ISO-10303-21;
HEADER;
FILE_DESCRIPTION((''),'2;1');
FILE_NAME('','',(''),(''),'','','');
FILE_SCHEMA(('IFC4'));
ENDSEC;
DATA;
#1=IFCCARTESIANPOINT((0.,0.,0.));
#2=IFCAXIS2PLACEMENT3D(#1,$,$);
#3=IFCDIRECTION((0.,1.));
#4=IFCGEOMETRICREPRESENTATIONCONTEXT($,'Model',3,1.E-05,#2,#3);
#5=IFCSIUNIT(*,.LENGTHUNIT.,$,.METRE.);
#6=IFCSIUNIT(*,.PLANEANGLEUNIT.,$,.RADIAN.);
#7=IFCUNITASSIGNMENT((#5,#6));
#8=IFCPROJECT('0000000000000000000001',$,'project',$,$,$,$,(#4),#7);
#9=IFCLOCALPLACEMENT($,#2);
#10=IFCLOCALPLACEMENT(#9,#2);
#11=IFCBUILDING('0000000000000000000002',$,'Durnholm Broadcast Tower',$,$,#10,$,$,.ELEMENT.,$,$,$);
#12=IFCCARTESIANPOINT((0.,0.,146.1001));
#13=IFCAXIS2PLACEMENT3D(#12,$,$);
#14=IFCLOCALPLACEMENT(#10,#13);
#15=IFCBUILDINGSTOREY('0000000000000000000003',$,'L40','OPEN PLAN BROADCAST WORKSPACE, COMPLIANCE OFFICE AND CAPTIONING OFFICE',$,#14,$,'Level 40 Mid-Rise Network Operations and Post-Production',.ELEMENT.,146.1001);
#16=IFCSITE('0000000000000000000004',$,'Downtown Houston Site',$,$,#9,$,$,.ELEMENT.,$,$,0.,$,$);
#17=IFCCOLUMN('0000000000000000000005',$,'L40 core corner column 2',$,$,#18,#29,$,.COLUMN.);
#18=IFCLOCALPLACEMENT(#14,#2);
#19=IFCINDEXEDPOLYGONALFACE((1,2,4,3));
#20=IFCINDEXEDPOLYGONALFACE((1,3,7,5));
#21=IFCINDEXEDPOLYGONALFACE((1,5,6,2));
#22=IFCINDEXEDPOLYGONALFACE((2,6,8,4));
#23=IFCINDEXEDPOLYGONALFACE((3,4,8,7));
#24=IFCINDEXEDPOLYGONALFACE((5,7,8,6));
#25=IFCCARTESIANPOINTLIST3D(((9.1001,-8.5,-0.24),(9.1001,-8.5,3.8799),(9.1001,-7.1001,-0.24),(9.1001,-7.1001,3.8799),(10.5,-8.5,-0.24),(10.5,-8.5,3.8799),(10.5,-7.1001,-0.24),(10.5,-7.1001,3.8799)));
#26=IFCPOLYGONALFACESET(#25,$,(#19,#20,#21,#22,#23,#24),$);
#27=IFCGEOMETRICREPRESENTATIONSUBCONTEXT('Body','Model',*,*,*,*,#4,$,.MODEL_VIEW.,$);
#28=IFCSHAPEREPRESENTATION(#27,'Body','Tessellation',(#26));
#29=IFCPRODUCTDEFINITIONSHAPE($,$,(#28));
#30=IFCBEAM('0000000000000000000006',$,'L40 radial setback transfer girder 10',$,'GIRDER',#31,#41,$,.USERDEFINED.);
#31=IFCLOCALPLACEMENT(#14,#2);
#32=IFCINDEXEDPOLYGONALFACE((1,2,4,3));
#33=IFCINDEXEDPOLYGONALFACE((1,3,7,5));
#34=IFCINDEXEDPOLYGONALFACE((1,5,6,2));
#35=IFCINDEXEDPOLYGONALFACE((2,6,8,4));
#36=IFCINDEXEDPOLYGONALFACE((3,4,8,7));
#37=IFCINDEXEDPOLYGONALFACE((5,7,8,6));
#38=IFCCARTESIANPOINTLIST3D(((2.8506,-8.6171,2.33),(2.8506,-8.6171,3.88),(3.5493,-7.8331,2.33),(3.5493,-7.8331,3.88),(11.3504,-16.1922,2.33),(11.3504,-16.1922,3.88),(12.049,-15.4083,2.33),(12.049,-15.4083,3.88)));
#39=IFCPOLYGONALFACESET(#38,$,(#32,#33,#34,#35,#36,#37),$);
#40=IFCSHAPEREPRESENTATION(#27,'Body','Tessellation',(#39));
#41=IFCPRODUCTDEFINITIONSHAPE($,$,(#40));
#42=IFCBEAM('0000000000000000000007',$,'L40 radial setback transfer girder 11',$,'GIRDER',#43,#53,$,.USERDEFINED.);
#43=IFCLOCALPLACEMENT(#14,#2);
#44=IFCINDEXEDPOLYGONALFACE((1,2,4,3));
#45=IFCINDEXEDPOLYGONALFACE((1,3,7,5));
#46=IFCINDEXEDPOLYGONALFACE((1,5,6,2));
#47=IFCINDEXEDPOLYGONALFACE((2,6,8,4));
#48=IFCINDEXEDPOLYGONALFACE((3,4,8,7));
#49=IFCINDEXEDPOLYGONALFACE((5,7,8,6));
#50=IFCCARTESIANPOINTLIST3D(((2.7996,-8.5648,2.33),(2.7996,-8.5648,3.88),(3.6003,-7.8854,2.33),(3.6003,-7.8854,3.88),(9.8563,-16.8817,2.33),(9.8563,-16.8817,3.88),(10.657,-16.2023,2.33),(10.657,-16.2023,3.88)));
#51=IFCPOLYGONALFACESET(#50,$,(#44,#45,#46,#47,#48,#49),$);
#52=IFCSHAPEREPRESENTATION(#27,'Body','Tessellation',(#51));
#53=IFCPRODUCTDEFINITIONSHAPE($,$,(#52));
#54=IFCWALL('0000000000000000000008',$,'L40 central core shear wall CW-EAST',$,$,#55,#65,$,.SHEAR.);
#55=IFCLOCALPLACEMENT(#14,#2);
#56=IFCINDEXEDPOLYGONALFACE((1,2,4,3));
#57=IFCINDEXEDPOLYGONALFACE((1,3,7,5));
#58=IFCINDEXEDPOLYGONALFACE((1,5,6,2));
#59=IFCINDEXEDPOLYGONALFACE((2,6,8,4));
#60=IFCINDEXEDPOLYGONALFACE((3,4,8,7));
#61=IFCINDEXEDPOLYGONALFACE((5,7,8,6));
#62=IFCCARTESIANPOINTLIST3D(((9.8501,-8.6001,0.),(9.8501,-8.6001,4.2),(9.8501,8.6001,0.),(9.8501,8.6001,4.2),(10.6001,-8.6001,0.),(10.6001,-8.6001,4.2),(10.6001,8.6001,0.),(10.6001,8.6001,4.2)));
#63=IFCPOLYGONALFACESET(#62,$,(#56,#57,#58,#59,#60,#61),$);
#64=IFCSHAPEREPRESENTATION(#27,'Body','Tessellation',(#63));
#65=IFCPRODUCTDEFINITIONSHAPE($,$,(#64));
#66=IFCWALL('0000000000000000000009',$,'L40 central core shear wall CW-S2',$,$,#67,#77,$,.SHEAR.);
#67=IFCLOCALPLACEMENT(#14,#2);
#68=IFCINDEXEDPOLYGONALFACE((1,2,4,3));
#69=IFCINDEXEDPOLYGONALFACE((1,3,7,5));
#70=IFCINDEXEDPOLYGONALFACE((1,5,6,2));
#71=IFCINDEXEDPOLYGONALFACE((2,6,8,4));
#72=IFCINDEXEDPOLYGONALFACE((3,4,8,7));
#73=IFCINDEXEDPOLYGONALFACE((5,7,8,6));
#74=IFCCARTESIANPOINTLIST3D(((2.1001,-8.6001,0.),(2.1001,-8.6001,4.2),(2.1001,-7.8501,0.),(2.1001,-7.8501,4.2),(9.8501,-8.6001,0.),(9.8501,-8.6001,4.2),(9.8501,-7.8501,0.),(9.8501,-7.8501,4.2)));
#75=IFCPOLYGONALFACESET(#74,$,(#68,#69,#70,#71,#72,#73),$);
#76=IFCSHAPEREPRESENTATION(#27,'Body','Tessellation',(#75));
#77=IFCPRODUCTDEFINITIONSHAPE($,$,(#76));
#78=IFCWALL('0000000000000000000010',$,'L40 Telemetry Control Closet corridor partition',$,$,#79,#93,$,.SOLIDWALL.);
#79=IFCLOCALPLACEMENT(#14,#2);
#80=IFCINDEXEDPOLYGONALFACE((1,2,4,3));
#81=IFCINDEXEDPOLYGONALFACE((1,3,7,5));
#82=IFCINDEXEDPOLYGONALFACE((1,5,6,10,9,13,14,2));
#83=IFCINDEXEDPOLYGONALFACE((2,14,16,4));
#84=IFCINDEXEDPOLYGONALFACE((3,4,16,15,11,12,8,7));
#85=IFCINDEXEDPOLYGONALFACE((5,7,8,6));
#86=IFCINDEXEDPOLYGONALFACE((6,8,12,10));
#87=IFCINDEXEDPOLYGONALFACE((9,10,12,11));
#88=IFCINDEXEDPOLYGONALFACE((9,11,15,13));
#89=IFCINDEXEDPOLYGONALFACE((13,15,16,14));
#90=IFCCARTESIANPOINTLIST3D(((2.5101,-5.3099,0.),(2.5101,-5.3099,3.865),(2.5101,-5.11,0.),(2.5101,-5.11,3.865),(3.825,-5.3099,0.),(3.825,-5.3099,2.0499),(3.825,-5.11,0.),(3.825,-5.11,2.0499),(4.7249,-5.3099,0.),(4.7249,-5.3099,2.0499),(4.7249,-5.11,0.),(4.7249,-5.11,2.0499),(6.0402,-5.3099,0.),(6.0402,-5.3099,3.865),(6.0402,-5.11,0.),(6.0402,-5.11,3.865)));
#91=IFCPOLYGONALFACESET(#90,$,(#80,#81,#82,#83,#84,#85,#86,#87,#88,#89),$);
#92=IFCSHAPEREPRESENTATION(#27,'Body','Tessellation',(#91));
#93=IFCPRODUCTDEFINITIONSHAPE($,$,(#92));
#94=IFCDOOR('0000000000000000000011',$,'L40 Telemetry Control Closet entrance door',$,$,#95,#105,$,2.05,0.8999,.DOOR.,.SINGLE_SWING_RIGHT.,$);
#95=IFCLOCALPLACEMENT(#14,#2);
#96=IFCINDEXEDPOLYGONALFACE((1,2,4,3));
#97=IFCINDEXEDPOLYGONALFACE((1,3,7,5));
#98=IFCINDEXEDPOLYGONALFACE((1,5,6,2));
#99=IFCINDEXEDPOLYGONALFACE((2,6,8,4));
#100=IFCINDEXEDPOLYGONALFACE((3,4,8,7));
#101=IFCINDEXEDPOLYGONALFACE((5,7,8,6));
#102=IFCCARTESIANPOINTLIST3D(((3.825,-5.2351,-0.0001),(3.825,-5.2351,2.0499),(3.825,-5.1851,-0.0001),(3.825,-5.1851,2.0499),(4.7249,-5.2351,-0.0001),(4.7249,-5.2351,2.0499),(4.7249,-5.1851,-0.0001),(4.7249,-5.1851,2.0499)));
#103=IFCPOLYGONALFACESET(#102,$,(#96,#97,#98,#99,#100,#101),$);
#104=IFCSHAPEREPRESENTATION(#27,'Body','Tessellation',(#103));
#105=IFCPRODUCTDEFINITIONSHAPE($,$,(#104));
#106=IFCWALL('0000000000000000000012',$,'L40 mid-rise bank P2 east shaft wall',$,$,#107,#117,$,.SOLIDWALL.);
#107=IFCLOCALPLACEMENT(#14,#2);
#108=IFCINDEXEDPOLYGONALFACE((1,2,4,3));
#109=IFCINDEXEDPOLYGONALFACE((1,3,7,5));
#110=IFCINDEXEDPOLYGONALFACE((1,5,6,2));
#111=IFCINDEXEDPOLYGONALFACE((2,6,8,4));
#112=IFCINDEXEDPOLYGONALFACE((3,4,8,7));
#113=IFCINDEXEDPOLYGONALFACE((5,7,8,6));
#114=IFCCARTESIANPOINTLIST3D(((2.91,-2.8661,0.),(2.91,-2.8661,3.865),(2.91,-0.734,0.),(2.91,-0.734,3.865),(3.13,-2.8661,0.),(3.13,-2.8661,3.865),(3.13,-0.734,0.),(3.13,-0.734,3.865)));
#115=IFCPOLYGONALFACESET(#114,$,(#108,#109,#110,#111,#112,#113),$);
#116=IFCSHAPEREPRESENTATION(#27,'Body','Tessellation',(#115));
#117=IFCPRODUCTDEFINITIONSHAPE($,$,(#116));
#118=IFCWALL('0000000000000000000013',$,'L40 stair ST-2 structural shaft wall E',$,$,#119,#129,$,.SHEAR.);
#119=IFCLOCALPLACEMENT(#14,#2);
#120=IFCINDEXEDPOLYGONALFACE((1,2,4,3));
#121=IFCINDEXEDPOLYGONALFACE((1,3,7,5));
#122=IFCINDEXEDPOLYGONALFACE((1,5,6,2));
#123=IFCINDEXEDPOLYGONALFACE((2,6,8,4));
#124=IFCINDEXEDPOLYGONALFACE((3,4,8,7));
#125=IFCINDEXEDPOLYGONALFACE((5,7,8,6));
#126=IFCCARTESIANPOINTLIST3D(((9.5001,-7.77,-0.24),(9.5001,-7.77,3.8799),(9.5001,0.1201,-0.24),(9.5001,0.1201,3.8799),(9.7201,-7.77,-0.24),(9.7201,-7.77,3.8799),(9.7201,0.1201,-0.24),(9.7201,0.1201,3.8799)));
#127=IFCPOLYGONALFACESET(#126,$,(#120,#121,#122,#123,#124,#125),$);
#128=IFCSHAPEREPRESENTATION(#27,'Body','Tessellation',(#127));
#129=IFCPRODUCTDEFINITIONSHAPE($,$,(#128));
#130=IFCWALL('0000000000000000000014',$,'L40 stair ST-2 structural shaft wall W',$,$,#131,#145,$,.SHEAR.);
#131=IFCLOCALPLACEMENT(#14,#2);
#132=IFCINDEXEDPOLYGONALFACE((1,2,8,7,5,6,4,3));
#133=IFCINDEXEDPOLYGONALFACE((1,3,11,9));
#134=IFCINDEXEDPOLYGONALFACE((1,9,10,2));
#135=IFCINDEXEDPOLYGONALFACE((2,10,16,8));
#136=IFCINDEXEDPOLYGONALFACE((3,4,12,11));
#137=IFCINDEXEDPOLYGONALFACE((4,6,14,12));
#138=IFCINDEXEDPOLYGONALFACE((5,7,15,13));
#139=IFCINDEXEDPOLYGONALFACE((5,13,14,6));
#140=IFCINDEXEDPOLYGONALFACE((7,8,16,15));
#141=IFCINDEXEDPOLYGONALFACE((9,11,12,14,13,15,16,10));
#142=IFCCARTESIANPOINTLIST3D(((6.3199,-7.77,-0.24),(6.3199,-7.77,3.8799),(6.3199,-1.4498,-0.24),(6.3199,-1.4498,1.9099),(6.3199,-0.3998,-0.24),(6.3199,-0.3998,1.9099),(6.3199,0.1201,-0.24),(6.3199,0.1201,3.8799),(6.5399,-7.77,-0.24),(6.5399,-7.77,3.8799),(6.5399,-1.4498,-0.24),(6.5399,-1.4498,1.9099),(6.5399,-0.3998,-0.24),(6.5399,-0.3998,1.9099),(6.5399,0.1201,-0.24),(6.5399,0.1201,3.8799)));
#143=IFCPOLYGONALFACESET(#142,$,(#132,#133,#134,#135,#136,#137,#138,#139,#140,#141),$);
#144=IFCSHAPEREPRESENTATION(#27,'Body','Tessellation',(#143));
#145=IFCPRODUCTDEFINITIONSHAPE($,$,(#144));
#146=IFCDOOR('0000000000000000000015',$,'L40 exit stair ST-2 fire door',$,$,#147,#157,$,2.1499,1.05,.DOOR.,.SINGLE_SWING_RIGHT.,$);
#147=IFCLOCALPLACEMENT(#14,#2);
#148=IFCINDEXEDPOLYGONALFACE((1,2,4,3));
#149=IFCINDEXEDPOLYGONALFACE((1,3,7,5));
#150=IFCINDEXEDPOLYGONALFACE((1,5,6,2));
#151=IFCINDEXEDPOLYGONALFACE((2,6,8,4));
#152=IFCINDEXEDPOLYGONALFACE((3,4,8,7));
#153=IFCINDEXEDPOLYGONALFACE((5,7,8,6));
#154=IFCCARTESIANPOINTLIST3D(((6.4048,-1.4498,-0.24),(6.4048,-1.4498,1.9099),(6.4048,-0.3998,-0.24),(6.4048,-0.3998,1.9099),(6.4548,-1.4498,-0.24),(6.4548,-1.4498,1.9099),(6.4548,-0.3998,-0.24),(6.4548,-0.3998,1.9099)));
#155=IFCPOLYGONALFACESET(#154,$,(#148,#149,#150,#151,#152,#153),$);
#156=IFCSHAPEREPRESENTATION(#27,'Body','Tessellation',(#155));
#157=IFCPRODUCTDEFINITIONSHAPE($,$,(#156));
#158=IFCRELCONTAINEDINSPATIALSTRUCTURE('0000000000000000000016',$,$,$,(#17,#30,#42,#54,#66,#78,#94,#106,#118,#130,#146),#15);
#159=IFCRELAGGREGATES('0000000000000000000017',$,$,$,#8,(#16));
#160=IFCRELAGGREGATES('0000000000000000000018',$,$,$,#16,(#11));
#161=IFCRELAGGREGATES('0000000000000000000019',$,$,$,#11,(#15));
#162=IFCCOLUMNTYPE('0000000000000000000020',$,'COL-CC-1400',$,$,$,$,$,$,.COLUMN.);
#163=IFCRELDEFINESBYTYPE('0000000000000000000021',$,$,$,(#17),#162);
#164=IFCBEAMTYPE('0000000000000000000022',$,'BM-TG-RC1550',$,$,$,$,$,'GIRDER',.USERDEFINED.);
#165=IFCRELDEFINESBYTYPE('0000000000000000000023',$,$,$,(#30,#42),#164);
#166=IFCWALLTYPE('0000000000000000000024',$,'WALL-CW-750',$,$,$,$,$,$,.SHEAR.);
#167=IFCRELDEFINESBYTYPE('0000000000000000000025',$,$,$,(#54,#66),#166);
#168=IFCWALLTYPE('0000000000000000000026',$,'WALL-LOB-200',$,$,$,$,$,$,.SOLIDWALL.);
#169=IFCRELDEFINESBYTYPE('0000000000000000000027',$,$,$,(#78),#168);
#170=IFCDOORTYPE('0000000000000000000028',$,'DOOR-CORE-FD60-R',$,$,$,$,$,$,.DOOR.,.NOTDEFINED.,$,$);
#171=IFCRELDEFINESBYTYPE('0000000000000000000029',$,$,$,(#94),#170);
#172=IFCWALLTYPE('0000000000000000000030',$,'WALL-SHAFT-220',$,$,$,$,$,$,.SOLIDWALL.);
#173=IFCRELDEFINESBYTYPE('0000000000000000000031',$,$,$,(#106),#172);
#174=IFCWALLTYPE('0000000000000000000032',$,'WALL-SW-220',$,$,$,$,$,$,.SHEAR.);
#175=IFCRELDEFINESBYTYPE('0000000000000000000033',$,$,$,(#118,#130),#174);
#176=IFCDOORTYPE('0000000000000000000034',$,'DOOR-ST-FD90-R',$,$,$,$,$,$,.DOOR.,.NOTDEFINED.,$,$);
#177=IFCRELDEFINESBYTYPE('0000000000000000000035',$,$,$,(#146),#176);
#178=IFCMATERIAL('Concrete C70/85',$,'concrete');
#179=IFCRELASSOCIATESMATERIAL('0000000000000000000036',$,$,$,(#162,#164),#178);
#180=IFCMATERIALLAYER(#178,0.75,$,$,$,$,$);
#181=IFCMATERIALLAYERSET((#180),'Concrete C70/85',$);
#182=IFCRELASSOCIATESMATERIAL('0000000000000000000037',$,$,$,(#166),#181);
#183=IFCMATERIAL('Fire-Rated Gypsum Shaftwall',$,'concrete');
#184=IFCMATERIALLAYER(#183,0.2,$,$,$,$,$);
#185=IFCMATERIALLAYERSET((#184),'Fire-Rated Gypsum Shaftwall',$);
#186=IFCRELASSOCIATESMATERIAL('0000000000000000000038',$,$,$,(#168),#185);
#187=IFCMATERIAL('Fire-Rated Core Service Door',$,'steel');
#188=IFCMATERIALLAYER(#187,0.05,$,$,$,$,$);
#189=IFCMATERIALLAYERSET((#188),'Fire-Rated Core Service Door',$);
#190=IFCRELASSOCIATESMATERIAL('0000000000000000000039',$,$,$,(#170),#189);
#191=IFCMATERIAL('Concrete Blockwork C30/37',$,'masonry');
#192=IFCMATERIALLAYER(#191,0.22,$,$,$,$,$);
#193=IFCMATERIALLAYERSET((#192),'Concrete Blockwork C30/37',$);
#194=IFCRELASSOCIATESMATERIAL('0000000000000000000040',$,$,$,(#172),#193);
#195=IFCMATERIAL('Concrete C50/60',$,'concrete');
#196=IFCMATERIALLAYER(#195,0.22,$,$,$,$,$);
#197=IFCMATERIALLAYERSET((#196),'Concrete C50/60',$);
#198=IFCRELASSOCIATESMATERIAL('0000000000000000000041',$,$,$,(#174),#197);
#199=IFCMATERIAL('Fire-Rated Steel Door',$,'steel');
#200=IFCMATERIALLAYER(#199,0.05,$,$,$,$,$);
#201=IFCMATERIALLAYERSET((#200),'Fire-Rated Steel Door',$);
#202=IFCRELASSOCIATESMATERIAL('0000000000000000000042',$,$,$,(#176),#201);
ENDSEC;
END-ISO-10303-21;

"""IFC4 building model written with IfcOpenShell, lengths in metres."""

from ifc_helpers import new_model, si_unit, direction, frame, frame_2d, origin, origin_2d, place, context, subcontext, project, spatial, rectangle, extrude, source, transform, mapped, material, layer, layer_set, material_profile, profile_set, type_object, type_shapes, element, fill, save


model = new_model("IFC4")

# Units and contexts
model_context = context("Model", 3, precision=1e-05, world=origin(), true_north=direction((0.0, 1.0)))
body_context = subcontext(model_context, "Body", "Model", "MODEL_VIEW")
ifc_project = project(units=[si_unit("LENGTHUNIT", "METRE"), si_unit("PLANEANGLEUNIT", "RADIAN")], contexts=[model_context])

# Site, building, storey
site_placement = place(None, origin())
site = spatial("IfcSite", under=ifc_project, at=site_placement, Name="Downtown Houston Site", CompositionType="ELEMENT", RefElevation=0.0)
building_placement = place(site_placement, origin())
building = spatial("IfcBuilding", under=site, at=building_placement, Name="Durnholm Broadcast Tower", CompositionType="ELEMENT")
storey_placement = place(building_placement, frame((0.0, 0.0, 146.1001)))
storey = spatial("IfcBuildingStorey", under=building, at=storey_placement, Name="L40", Description="OPEN PLAN BROADCAST WORKSPACE, COMPLIANCE OFFICE AND CAPTIONING OFFICE", LongName="Level 40 Mid-Rise Network Operations and Post-Production", CompositionType="ELEMENT", Elevation=146.1001)

# Column
ifc_material_1 = material(Name="Concrete C70/85", Category="concrete")
ifc_material_profile_1 = material_profile(ifc_material_1, rectangle(XDim=1.3999, YDim=1.3999, at=origin_2d()), Name="RC1400X1400")
ifc_profile_set_1 = profile_set([ifc_material_profile_1], Name="Concrete C70/85")
column_type = type_object("IfcColumnType", Name="COL-CC-1400", PredefinedType="COLUMN", material=ifc_profile_set_1)
shared_shape_1 = source(origin(), body_context, "Body", "SweptSolid", [
    extrude(rectangle(XDim=1.3999, YDim=1.3999, at=origin_2d()), origin(), (0.0, 0.0, 1.0), 4.1199),
])
type_shapes(column_type, [shared_shape_1])
column_placement = place(storey_placement, frame((9.8, -7.8, -0.24), z_axis=(0.0, 0.0, 1.0), x_axis=(1.0, 0.0, 0.0)))
element("IfcColumn", 1, at=column_placement, inside=storey, type_object=column_type, Name="L40 core corner column 2", PredefinedType="COLUMN", context=body_context, shape_type="MappedRepresentation", body=[
    mapped(shared_shape_1, transform((0.0, 0.0, 0.0), x_axis=(1.0, 0.0, 0.0), y_axis=(0.0, 1.0, 0.0), z_axis=(0.0, 0.0, 1.0), scale=1.0)),
])

# Beams
ifc_material_profile_2 = material_profile(ifc_material_1, rectangle(XDim=1.05, YDim=1.55, at=origin_2d()), Name="RC1050X1550")
ifc_profile_set_2 = profile_set([ifc_material_profile_2], Name="Concrete C70/85")
beam_type = type_object("IfcBeamType", Name="BM-TG-RC1550", ElementType="GIRDER", PredefinedType="USERDEFINED", material=ifc_profile_set_2)
shared_shape_2 = source(origin(), body_context, "Body", "SweptSolid", [
    extrude(rectangle(XDim=1.05, YDim=1.55, at=origin_2d()), origin(), (0.0, 0.0, 1.0), 11.3855),
])
beam_1_placement = place(storey_placement, frame((3.2, -8.2251, 3.105), z_axis=(0.746543, -0.665338, 0.0), x_axis=(0.665338, 0.746543, 0.0)))
element("IfcBeam", 2, at=beam_1_placement, inside=storey, type_object=beam_type, Name="L40 radial setback transfer girder 10", ObjectType="GIRDER", PredefinedType="USERDEFINED", context=body_context, shape_type="MappedRepresentation", body=[
    mapped(shared_shape_2, transform((0.0, 0.0, 0.0), x_axis=(1.0, 0.0, 0.0), y_axis=(0.0, 1.0, 0.0), z_axis=(0.0, 0.0, 1.0), scale=1.0)),
])
shared_shape_3 = source(origin(), body_context, "Body", "SweptSolid", [
    extrude(rectangle(XDim=1.05, YDim=1.55, at=origin_2d()), origin(), (0.0, 0.0, 1.0), 10.9072),
])
type_shapes(beam_type, [shared_shape_2, shared_shape_3])
beam_2_placement = place(storey_placement, frame((3.2, -8.2251, 3.105), z_axis=(0.646971, -0.762514, 0.0), x_axis=(0.762514, 0.646971, 0.0)))
element("IfcBeam", 3, at=beam_2_placement, inside=storey, type_object=beam_type, Name="L40 radial setback transfer girder 11", ObjectType="GIRDER", PredefinedType="USERDEFINED", context=body_context, shape_type="MappedRepresentation", body=[
    mapped(shared_shape_3, transform((0.0, 0.0, 0.0), x_axis=(1.0, 0.0, 0.0), y_axis=(0.0, 1.0, 0.0), z_axis=(0.0, 0.0, 1.0), scale=1.0)),
])

# Walls
ifc_layer_1 = layer(ifc_material_1, 0.75)
ifc_layer_set_1 = layer_set([ifc_layer_1], Name="Concrete C70/85")
wall_type_1 = type_object("IfcWallType", Name="WALL-CW-750", PredefinedType="SHEAR", material=ifc_layer_set_1)
wall_1_placement = place(storey_placement, frame((10.2251, -8.6001, 0.0), z_axis=(0.0, 0.0, 1.0), x_axis=(0.0, 1.0, 0.0)))
element("IfcWall", 4, at=wall_1_placement, inside=storey, type_object=wall_type_1, Name="L40 central core shear wall CW-EAST", PredefinedType="SHEAR", context=body_context, shape_type="SweptSolid", body=[
    extrude(rectangle(XDim=17.2002, YDim=0.75, at=frame_2d((8.6001, 0.0))), origin(), (0.0, 0.0, 1.0), 4.2),
])
wall_2_placement = place(storey_placement, frame((2.1001, -8.2251, 0.0), z_axis=(0.0, 0.0, 1.0), x_axis=(1.0, 0.0, 0.0)))
element("IfcWall", 5, at=wall_2_placement, inside=storey, type_object=wall_type_1, Name="L40 central core shear wall CW-S2", PredefinedType="SHEAR", context=body_context, shape_type="SweptSolid", body=[
    extrude(rectangle(XDim=7.75, YDim=0.75, at=frame_2d((3.875, 0.0))), origin(), (0.0, 0.0, 1.0), 4.2),
])

# Wall, opening, door
ifc_material_2 = material(Name="Fire-Rated Gypsum Shaftwall", Category="concrete")
ifc_layer_2 = layer(ifc_material_2, 0.2)
ifc_layer_set_2 = layer_set([ifc_layer_2], Name="Fire-Rated Gypsum Shaftwall")
wall_type_2 = type_object("IfcWallType", Name="WALL-LOB-200", PredefinedType="SOLIDWALL", material=ifc_layer_set_2)
wall_3_placement = place(storey_placement, frame((2.51, -5.21, 0.0), z_axis=(0.0, 0.0, 1.0), x_axis=(1.0, 0.0, 0.0)))
wall_3 = element("IfcWall", 6, at=wall_3_placement, inside=storey, type_object=wall_type_2, Name="L40 Telemetry Control Closet corridor partition", PredefinedType="SOLIDWALL", context=body_context, shape_type="SweptSolid", body=[
    extrude(rectangle(XDim=3.53, YDim=0.2, at=frame_2d((1.7651, 0.0))), origin(), (0.0, 0.0, 1.0), 3.865),
])
opening_1_placement = place(wall_3_placement, frame((1.3149, 0.0, 0.0)))
opening_1 = element("IfcOpeningElement", 7, at=opening_1_placement, cuts=wall_3, PredefinedType="OPENING", context=body_context, shape_type="SweptSolid", body=[
    extrude(rectangle(XDim=0.8999, YDim=2.05, at=frame_2d((0.45, 1.0249))), frame((0.0, 0.1099, 0.0), z_axis=(0.0, -1.0, 0.0), x_axis=(1.0, 0.0, 0.0)), (0.0, 0.0, 1.0), 0.22),
])
ifc_material_3 = material(Name="Fire-Rated Core Service Door", Category="steel")
ifc_layer_3 = layer(ifc_material_3, 0.05)
ifc_layer_set_3 = layer_set([ifc_layer_3], Name="Fire-Rated Core Service Door")
door_type_1 = type_object("IfcDoorType", Name="DOOR-CORE-FD60-R", OperationType="NOTDEFINED", PredefinedType="DOOR", material=ifc_layer_set_3)
shared_shape_4 = source(origin(), body_context, "Body", "SweptSolid", [
    extrude(rectangle(XDim=0.8999, YDim=2.05, at=frame_2d((0.45, 1.0249))), frame((0.0, 0.0249, 0.0), z_axis=(0.0, -1.0, 0.0), x_axis=(1.0, 0.0, 0.0)), (0.0, 0.0, 1.0), 0.05),
])
type_shapes(door_type_1, [shared_shape_4])
door_1_placement = place(opening_1_placement, origin())
door_1 = element("IfcDoor", 8, at=door_1_placement, inside=storey, type_object=door_type_1, Name="L40 Telemetry Control Closet entrance door", OperationType="SINGLE_SWING_RIGHT", OverallHeight=2.05, OverallWidth=0.8999, PredefinedType="DOOR", context=body_context, shape_type="MappedRepresentation", body=[
    mapped(shared_shape_4, transform((0.0, 0.0, 0.0), x_axis=(1.0, 0.0, 0.0), y_axis=(0.0, 1.0, 0.0), z_axis=(0.0, 0.0, 1.0), scale=1.0)),
])
fill(opening_1, door_1)

# Walls
ifc_material_4 = material(Name="Concrete Blockwork C30/37", Category="masonry")
ifc_layer_4 = layer(ifc_material_4, 0.22)
ifc_layer_set_4 = layer_set([ifc_layer_4], Name="Concrete Blockwork C30/37")
wall_type_3 = type_object("IfcWallType", Name="WALL-SHAFT-220", PredefinedType="SOLIDWALL", material=ifc_layer_set_4)
wall_4_placement = place(storey_placement, frame((3.02, -2.866, 0.0), z_axis=(0.0, 0.0, 1.0), x_axis=(0.0, 1.0, 0.0)))
element("IfcWall", 9, at=wall_4_placement, inside=storey, type_object=wall_type_3, Name="L40 mid-rise bank P2 east shaft wall", PredefinedType="SOLIDWALL", context=body_context, shape_type="SweptSolid", body=[
    extrude(rectangle(XDim=2.1321, YDim=0.22, at=frame_2d((1.0659, 0.0))), origin(), (0.0, 0.0, 1.0), 3.865),
])
ifc_material_5 = material(Name="Concrete C50/60", Category="concrete")
ifc_layer_5 = layer(ifc_material_5, 0.22)
ifc_layer_set_5 = layer_set([ifc_layer_5], Name="Concrete C50/60")
wall_type_4 = type_object("IfcWallType", Name="WALL-SW-220", PredefinedType="SHEAR", material=ifc_layer_set_5)
wall_5_placement = place(storey_placement, frame((9.6101, -7.77, -0.24), z_axis=(0.0, 0.0, 1.0), x_axis=(0.0, 1.0, 0.0)))
element("IfcWall", 10, at=wall_5_placement, inside=storey, type_object=wall_type_4, Name="L40 stair ST-2 structural shaft wall E", PredefinedType="SHEAR", context=body_context, shape_type="SweptSolid", body=[
    extrude(rectangle(XDim=7.8901, YDim=0.22, at=frame_2d((3.9451, 0.0))), origin(), (0.0, 0.0, 1.0), 4.1199),
])

# Wall, opening, door
wall_6_placement = place(storey_placement, frame((6.4299, 0.1201, -0.24), z_axis=(0.0, 0.0, 1.0), x_axis=(0.0, -1.0, 0.0)))
wall_6 = element("IfcWall", 11, at=wall_6_placement, inside=storey, type_object=wall_type_4, Name="L40 stair ST-2 structural shaft wall W", PredefinedType="SHEAR", context=body_context, shape_type="SweptSolid", body=[
    extrude(rectangle(XDim=7.8901, YDim=0.22, at=frame_2d((3.9451, 0.0))), origin(), (0.0, 0.0, 1.0), 4.1199),
])
opening_2_placement = place(wall_6_placement, frame((0.52, 0.0, 0.0)))
opening_2 = element("IfcOpeningElement", 12, at=opening_2_placement, cuts=wall_6, PredefinedType="OPENING", context=body_context, shape_type="SweptSolid", body=[
    extrude(rectangle(XDim=1.05, YDim=2.1499, at=frame_2d((0.5249, 1.075))), frame((0.0, 0.1201, 0.0), z_axis=(0.0, -1.0, 0.0), x_axis=(1.0, 0.0, 0.0)), (0.0, 0.0, 1.0), 0.24),
])
ifc_material_6 = material(Name="Fire-Rated Steel Door", Category="steel")
ifc_layer_6 = layer(ifc_material_6, 0.05)
ifc_layer_set_6 = layer_set([ifc_layer_6], Name="Fire-Rated Steel Door")
door_type_2 = type_object("IfcDoorType", Name="DOOR-ST-FD90-R", OperationType="NOTDEFINED", PredefinedType="DOOR", material=ifc_layer_set_6)
shared_shape_5 = source(origin(), body_context, "Body", "SweptSolid", [
    extrude(rectangle(XDim=1.05, YDim=2.1499, at=frame_2d((0.5249, 1.075))), frame((0.0, 0.0249, 0.0), z_axis=(0.0, -1.0, 0.0), x_axis=(1.0, 0.0, 0.0)), (0.0, 0.0, 1.0), 0.05),
])
type_shapes(door_type_2, [shared_shape_5])
door_2_placement = place(opening_2_placement, origin())
door_2 = element("IfcDoor", 13, at=door_2_placement, inside=storey, type_object=door_type_2, Name="L40 exit stair ST-2 fire door", OperationType="SINGLE_SWING_RIGHT", OverallHeight=2.1499, OverallWidth=1.05, PredefinedType="DOOR", context=body_context, shape_type="MappedRepresentation", body=[
    mapped(shared_shape_5, transform((0.0, 0.0, 0.0), x_axis=(1.0, 0.0, 0.0), y_axis=(0.0, 1.0, 0.0), z_axis=(0.0, 0.0, 1.0), scale=1.0)),
])
fill(opening_2, door_2)

save(model, "model.ifc")
